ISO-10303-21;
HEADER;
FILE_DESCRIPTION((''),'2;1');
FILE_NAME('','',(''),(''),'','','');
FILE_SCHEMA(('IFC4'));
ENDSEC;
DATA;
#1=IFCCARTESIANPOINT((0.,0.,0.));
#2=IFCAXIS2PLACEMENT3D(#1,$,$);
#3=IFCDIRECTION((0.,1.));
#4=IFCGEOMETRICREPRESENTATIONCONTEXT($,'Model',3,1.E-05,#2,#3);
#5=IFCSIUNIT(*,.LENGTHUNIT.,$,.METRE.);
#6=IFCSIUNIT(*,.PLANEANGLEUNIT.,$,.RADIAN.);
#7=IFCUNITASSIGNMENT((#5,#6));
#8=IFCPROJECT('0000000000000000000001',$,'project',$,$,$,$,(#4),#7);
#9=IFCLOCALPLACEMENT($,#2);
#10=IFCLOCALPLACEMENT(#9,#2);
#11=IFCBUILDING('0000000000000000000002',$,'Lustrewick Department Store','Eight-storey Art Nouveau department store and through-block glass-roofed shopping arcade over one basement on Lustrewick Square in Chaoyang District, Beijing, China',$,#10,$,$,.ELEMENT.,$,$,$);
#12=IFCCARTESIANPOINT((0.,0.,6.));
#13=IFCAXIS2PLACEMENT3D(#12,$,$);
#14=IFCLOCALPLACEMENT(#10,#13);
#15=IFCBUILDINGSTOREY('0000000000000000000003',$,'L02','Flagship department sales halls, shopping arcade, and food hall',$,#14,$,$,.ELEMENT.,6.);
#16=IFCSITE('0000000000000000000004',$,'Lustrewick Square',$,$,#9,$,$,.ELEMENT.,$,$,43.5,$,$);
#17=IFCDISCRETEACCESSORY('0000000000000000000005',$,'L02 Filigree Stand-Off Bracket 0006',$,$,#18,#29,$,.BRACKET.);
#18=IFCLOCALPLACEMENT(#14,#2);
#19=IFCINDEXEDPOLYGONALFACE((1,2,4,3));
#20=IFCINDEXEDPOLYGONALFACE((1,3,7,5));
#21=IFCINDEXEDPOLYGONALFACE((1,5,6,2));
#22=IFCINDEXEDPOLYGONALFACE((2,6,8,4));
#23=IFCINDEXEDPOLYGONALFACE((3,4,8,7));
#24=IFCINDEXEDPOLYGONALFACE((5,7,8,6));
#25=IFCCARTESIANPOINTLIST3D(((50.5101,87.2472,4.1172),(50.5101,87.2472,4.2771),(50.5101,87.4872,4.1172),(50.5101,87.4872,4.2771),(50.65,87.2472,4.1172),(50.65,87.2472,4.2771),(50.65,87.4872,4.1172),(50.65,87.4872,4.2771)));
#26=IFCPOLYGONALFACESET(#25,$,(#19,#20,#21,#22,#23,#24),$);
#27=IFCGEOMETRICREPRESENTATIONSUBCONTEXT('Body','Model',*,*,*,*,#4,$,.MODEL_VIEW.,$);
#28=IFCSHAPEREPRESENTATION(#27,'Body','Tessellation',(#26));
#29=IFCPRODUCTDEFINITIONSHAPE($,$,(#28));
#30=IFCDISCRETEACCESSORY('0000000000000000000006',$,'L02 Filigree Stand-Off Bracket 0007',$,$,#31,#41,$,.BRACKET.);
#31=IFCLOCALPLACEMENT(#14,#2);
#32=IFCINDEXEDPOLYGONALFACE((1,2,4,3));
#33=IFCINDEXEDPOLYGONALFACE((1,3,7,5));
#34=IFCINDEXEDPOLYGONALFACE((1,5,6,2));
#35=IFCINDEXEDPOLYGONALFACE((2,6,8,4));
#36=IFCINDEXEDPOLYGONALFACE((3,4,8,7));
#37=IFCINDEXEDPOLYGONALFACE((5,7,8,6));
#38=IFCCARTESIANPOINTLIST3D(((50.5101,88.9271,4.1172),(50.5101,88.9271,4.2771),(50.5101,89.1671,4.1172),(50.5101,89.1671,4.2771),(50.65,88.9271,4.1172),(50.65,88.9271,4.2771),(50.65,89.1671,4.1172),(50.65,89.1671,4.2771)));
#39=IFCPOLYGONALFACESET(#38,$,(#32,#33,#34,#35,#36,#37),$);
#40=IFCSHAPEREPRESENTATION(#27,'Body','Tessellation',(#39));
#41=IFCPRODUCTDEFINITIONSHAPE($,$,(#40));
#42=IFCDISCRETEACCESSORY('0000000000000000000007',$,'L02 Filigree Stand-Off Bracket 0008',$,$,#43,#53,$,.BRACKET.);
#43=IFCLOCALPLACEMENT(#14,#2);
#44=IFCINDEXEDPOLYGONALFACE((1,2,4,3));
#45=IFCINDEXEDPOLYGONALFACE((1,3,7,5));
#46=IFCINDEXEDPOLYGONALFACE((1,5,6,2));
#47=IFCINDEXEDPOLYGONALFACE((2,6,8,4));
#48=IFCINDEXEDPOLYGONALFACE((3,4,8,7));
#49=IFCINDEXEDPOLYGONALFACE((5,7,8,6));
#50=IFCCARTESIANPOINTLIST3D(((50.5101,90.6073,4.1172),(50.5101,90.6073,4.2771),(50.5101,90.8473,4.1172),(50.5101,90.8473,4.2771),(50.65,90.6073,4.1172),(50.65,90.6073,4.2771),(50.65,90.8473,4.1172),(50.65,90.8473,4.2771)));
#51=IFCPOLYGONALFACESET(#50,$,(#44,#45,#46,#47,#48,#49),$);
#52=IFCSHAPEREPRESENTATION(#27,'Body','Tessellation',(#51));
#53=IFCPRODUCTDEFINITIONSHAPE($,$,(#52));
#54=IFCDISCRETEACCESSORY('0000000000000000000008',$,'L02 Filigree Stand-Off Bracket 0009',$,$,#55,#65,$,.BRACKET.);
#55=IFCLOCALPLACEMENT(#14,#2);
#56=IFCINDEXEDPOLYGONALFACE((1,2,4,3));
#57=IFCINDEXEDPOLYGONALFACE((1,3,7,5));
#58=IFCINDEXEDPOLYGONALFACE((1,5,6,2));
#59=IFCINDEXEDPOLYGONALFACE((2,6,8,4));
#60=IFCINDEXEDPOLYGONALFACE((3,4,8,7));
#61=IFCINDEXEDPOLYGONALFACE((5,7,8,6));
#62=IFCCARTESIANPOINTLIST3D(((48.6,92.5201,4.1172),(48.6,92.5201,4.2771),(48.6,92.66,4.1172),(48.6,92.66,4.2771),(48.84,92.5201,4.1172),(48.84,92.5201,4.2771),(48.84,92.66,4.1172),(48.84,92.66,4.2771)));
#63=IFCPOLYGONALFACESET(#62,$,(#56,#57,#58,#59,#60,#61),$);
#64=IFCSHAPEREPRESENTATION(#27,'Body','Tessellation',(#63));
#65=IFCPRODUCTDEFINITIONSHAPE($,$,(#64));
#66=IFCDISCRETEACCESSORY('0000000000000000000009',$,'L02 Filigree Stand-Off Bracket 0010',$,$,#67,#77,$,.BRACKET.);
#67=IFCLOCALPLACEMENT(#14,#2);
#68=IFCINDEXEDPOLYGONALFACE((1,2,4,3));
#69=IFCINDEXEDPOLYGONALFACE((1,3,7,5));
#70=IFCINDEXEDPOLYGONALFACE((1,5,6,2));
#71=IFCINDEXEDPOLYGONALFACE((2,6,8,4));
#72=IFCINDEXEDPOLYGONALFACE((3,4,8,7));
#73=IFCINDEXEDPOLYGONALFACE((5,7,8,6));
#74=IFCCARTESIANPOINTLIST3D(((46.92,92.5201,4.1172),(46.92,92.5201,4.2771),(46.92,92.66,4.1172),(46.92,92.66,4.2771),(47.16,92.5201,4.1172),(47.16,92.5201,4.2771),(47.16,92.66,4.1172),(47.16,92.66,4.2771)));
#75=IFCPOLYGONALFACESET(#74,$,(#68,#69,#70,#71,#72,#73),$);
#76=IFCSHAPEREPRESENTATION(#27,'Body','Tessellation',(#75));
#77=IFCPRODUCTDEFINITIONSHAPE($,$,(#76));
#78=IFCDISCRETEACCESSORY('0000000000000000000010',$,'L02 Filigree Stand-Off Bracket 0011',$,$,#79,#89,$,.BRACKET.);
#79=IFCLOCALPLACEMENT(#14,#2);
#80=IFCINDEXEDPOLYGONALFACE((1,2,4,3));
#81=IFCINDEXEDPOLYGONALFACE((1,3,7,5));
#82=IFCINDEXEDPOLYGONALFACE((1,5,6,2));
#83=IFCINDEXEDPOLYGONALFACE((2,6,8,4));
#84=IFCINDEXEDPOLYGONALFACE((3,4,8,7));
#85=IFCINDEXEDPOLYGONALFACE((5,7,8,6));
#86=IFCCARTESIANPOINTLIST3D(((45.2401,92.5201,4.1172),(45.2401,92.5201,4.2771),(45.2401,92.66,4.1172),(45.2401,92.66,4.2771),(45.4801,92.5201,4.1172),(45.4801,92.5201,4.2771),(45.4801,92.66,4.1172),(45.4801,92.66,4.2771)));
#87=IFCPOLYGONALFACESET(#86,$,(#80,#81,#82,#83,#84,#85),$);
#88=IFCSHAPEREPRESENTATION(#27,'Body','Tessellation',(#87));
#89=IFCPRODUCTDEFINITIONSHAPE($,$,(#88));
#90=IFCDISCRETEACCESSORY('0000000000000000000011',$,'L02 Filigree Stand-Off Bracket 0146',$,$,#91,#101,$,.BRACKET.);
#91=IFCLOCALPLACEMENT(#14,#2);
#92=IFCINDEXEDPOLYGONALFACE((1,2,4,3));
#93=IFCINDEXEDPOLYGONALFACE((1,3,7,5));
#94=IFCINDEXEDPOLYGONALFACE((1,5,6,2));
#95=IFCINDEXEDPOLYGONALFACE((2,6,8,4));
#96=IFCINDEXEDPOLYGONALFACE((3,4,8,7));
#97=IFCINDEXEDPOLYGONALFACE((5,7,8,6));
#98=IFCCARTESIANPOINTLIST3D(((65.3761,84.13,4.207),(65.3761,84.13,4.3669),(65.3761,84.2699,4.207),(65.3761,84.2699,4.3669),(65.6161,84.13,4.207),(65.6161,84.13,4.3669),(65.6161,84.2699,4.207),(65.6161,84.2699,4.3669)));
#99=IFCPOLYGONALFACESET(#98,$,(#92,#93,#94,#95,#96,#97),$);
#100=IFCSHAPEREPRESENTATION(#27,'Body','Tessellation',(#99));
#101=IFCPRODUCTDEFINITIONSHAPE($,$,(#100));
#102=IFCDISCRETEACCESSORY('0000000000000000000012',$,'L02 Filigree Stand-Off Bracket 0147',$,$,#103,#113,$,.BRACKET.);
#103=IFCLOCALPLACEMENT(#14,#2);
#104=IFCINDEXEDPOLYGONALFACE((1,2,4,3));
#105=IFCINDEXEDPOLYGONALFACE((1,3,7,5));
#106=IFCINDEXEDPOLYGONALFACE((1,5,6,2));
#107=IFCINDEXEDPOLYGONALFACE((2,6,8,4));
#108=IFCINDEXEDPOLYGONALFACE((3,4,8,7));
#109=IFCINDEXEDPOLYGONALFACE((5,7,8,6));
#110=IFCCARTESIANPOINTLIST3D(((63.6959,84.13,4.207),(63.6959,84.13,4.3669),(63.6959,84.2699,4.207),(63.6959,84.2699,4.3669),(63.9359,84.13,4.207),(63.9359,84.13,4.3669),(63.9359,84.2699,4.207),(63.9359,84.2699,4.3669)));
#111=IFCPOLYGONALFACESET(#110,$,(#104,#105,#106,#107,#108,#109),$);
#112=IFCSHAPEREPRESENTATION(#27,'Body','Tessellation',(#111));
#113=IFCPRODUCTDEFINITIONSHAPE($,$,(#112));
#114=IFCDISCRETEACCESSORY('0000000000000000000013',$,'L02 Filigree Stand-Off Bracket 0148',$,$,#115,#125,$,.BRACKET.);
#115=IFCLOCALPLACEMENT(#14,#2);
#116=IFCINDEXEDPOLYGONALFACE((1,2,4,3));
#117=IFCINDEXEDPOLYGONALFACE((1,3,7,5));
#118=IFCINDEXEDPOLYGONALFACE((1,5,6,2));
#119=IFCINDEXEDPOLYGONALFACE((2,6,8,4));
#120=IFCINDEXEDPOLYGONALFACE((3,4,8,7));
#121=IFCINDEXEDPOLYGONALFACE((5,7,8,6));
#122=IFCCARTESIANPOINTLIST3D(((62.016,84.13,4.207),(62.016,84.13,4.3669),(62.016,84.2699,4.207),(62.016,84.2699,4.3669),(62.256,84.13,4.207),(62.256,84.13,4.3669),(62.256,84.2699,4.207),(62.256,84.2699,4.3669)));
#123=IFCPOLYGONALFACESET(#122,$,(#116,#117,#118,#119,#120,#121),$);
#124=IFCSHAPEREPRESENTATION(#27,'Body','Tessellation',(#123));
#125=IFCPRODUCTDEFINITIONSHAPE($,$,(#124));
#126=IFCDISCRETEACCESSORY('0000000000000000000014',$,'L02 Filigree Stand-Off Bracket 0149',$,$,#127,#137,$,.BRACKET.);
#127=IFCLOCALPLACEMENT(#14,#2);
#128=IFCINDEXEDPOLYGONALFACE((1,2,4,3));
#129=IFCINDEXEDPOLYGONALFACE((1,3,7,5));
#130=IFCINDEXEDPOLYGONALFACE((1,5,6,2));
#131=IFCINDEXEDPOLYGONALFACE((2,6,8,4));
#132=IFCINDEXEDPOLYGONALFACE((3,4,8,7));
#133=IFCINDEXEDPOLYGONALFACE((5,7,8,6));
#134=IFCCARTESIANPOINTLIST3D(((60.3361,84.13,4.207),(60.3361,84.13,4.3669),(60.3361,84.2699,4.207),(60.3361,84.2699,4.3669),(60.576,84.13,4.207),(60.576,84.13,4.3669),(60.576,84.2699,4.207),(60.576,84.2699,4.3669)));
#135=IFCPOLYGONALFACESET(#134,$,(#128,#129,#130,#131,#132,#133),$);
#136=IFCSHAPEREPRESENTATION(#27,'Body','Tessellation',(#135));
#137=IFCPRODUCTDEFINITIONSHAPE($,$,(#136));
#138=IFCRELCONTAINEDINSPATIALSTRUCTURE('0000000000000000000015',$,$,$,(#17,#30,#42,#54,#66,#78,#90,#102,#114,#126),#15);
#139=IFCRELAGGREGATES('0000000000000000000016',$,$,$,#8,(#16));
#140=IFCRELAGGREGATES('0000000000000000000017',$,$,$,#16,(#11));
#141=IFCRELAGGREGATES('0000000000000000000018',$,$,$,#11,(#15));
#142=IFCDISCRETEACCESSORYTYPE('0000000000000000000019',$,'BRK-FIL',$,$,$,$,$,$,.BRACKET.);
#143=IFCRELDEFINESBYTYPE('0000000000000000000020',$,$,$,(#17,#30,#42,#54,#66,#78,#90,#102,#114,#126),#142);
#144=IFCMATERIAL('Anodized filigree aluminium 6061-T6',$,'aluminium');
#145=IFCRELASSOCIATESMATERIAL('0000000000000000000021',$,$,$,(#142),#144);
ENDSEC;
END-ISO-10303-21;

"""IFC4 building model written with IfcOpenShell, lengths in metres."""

from ifc_helpers import new_model, si_unit, direction, frame, origin, origin_2d, place, context, subcontext, project, spatial, rectangle, extrude, material, type_object, element, save


model = new_model("IFC4")

# Units and contexts
model_context = context("Model", 3, precision=1e-05, world=origin(), true_north=direction((0.0, 1.0)))
body_context = subcontext(model_context, "Body", "Model", "MODEL_VIEW")
ifc_project = project(units=[si_unit("LENGTHUNIT", "METRE"), si_unit("PLANEANGLEUNIT", "RADIAN")], contexts=[model_context])

# Site, building, storey
site_placement = place(None, origin())
site = spatial("IfcSite", under=ifc_project, at=site_placement, Name="Lustrewick Square", CompositionType="ELEMENT", RefElevation=43.5)
building_placement = place(site_placement, origin())
building = spatial("IfcBuilding", under=site, at=building_placement, Name="Lustrewick Department Store", Description="Eight-storey Art Nouveau department store and through-block glass-roofed shopping arcade over one basement on Lustrewick Square in Chaoyang District, Beijing, China", CompositionType="ELEMENT")
storey_placement = place(building_placement, frame((0.0, 0.0, 6.0)))
storey = spatial("IfcBuildingStorey", under=building, at=storey_placement, Name="L02", Description="Flagship department sales halls, shopping arcade, and food hall", CompositionType="ELEMENT", Elevation=6.0)

# Discrete accessories
ifc_material_1 = material(Name="Anodized filigree aluminium 6061-T6", Category="aluminium")
discrete_accessory_type = type_object("IfcDiscreteAccessoryType", Name="BRK-FIL", PredefinedType="BRACKET", material=ifc_material_1)
for number, where, z_axis, x_axis, name in (
    (1, (50.5801, 87.3672, 4.1172), (0.0, 0.0, 1.0), (0.0, 1.0, 0.0), "L02 Filigree Stand-Off Bracket 0006"),
    (2, (50.5801, 89.0471, 4.1172), (0.0, 0.0, 1.0), (0.0, 1.0, 0.0), "L02 Filigree Stand-Off Bracket 0007"),
    (3, (50.5801, 90.7273, 4.1172), (0.0, 0.0, 1.0), (0.0, 1.0, 0.0), "L02 Filigree Stand-Off Bracket 0008"),
    (4, (48.72, 92.5901, 4.1172), (0.0, 0.0, 1.0), (-1.0, 0.0, 0.0), "L02 Filigree Stand-Off Bracket 0009"),
    (5, (47.04, 92.5901, 4.1172), (0.0, 0.0, 1.0), (-1.0, 0.0, 0.0), "L02 Filigree Stand-Off Bracket 0010"),
    (6, (45.3601, 92.5901, 4.1172), (0.0, 0.0, 1.0), (-1.0, 0.0, 0.0), "L02 Filigree Stand-Off Bracket 0011"),
    (7, (65.4961, 84.2, 4.207), (0.0, 0.0, 1.0), (-1.0, 0.0, 0.0), "L02 Filigree Stand-Off Bracket 0146"),
    (8, (63.8159, 84.2, 4.207), (0.0, 0.0, 1.0), (-1.0, 0.0, 0.0), "L02 Filigree Stand-Off Bracket 0147"),
    (9, (62.136, 84.2, 4.207), (0.0, 0.0, 1.0), (-1.0, 0.0, 0.0), "L02 Filigree Stand-Off Bracket 0148"),
    (10, (60.4561, 84.2, 4.207), (0.0, 0.0, 1.0), (-1.0, 0.0, 0.0), "L02 Filigree Stand-Off Bracket 0149"),
):
    element("IfcDiscreteAccessory", number, at=place(storey_placement, frame(where, z_axis=z_axis, x_axis=x_axis)), inside=storey, type_object=discrete_accessory_type, Name=name, PredefinedType="BRACKET", context=body_context, shape_type="SweptSolid", body=[
        extrude(rectangle(XDim=0.24, YDim=0.1399, at=origin_2d()), origin(), (0.0, 0.0, 1.0), 0.1599),
    ])

save(model, "model.ifc")
